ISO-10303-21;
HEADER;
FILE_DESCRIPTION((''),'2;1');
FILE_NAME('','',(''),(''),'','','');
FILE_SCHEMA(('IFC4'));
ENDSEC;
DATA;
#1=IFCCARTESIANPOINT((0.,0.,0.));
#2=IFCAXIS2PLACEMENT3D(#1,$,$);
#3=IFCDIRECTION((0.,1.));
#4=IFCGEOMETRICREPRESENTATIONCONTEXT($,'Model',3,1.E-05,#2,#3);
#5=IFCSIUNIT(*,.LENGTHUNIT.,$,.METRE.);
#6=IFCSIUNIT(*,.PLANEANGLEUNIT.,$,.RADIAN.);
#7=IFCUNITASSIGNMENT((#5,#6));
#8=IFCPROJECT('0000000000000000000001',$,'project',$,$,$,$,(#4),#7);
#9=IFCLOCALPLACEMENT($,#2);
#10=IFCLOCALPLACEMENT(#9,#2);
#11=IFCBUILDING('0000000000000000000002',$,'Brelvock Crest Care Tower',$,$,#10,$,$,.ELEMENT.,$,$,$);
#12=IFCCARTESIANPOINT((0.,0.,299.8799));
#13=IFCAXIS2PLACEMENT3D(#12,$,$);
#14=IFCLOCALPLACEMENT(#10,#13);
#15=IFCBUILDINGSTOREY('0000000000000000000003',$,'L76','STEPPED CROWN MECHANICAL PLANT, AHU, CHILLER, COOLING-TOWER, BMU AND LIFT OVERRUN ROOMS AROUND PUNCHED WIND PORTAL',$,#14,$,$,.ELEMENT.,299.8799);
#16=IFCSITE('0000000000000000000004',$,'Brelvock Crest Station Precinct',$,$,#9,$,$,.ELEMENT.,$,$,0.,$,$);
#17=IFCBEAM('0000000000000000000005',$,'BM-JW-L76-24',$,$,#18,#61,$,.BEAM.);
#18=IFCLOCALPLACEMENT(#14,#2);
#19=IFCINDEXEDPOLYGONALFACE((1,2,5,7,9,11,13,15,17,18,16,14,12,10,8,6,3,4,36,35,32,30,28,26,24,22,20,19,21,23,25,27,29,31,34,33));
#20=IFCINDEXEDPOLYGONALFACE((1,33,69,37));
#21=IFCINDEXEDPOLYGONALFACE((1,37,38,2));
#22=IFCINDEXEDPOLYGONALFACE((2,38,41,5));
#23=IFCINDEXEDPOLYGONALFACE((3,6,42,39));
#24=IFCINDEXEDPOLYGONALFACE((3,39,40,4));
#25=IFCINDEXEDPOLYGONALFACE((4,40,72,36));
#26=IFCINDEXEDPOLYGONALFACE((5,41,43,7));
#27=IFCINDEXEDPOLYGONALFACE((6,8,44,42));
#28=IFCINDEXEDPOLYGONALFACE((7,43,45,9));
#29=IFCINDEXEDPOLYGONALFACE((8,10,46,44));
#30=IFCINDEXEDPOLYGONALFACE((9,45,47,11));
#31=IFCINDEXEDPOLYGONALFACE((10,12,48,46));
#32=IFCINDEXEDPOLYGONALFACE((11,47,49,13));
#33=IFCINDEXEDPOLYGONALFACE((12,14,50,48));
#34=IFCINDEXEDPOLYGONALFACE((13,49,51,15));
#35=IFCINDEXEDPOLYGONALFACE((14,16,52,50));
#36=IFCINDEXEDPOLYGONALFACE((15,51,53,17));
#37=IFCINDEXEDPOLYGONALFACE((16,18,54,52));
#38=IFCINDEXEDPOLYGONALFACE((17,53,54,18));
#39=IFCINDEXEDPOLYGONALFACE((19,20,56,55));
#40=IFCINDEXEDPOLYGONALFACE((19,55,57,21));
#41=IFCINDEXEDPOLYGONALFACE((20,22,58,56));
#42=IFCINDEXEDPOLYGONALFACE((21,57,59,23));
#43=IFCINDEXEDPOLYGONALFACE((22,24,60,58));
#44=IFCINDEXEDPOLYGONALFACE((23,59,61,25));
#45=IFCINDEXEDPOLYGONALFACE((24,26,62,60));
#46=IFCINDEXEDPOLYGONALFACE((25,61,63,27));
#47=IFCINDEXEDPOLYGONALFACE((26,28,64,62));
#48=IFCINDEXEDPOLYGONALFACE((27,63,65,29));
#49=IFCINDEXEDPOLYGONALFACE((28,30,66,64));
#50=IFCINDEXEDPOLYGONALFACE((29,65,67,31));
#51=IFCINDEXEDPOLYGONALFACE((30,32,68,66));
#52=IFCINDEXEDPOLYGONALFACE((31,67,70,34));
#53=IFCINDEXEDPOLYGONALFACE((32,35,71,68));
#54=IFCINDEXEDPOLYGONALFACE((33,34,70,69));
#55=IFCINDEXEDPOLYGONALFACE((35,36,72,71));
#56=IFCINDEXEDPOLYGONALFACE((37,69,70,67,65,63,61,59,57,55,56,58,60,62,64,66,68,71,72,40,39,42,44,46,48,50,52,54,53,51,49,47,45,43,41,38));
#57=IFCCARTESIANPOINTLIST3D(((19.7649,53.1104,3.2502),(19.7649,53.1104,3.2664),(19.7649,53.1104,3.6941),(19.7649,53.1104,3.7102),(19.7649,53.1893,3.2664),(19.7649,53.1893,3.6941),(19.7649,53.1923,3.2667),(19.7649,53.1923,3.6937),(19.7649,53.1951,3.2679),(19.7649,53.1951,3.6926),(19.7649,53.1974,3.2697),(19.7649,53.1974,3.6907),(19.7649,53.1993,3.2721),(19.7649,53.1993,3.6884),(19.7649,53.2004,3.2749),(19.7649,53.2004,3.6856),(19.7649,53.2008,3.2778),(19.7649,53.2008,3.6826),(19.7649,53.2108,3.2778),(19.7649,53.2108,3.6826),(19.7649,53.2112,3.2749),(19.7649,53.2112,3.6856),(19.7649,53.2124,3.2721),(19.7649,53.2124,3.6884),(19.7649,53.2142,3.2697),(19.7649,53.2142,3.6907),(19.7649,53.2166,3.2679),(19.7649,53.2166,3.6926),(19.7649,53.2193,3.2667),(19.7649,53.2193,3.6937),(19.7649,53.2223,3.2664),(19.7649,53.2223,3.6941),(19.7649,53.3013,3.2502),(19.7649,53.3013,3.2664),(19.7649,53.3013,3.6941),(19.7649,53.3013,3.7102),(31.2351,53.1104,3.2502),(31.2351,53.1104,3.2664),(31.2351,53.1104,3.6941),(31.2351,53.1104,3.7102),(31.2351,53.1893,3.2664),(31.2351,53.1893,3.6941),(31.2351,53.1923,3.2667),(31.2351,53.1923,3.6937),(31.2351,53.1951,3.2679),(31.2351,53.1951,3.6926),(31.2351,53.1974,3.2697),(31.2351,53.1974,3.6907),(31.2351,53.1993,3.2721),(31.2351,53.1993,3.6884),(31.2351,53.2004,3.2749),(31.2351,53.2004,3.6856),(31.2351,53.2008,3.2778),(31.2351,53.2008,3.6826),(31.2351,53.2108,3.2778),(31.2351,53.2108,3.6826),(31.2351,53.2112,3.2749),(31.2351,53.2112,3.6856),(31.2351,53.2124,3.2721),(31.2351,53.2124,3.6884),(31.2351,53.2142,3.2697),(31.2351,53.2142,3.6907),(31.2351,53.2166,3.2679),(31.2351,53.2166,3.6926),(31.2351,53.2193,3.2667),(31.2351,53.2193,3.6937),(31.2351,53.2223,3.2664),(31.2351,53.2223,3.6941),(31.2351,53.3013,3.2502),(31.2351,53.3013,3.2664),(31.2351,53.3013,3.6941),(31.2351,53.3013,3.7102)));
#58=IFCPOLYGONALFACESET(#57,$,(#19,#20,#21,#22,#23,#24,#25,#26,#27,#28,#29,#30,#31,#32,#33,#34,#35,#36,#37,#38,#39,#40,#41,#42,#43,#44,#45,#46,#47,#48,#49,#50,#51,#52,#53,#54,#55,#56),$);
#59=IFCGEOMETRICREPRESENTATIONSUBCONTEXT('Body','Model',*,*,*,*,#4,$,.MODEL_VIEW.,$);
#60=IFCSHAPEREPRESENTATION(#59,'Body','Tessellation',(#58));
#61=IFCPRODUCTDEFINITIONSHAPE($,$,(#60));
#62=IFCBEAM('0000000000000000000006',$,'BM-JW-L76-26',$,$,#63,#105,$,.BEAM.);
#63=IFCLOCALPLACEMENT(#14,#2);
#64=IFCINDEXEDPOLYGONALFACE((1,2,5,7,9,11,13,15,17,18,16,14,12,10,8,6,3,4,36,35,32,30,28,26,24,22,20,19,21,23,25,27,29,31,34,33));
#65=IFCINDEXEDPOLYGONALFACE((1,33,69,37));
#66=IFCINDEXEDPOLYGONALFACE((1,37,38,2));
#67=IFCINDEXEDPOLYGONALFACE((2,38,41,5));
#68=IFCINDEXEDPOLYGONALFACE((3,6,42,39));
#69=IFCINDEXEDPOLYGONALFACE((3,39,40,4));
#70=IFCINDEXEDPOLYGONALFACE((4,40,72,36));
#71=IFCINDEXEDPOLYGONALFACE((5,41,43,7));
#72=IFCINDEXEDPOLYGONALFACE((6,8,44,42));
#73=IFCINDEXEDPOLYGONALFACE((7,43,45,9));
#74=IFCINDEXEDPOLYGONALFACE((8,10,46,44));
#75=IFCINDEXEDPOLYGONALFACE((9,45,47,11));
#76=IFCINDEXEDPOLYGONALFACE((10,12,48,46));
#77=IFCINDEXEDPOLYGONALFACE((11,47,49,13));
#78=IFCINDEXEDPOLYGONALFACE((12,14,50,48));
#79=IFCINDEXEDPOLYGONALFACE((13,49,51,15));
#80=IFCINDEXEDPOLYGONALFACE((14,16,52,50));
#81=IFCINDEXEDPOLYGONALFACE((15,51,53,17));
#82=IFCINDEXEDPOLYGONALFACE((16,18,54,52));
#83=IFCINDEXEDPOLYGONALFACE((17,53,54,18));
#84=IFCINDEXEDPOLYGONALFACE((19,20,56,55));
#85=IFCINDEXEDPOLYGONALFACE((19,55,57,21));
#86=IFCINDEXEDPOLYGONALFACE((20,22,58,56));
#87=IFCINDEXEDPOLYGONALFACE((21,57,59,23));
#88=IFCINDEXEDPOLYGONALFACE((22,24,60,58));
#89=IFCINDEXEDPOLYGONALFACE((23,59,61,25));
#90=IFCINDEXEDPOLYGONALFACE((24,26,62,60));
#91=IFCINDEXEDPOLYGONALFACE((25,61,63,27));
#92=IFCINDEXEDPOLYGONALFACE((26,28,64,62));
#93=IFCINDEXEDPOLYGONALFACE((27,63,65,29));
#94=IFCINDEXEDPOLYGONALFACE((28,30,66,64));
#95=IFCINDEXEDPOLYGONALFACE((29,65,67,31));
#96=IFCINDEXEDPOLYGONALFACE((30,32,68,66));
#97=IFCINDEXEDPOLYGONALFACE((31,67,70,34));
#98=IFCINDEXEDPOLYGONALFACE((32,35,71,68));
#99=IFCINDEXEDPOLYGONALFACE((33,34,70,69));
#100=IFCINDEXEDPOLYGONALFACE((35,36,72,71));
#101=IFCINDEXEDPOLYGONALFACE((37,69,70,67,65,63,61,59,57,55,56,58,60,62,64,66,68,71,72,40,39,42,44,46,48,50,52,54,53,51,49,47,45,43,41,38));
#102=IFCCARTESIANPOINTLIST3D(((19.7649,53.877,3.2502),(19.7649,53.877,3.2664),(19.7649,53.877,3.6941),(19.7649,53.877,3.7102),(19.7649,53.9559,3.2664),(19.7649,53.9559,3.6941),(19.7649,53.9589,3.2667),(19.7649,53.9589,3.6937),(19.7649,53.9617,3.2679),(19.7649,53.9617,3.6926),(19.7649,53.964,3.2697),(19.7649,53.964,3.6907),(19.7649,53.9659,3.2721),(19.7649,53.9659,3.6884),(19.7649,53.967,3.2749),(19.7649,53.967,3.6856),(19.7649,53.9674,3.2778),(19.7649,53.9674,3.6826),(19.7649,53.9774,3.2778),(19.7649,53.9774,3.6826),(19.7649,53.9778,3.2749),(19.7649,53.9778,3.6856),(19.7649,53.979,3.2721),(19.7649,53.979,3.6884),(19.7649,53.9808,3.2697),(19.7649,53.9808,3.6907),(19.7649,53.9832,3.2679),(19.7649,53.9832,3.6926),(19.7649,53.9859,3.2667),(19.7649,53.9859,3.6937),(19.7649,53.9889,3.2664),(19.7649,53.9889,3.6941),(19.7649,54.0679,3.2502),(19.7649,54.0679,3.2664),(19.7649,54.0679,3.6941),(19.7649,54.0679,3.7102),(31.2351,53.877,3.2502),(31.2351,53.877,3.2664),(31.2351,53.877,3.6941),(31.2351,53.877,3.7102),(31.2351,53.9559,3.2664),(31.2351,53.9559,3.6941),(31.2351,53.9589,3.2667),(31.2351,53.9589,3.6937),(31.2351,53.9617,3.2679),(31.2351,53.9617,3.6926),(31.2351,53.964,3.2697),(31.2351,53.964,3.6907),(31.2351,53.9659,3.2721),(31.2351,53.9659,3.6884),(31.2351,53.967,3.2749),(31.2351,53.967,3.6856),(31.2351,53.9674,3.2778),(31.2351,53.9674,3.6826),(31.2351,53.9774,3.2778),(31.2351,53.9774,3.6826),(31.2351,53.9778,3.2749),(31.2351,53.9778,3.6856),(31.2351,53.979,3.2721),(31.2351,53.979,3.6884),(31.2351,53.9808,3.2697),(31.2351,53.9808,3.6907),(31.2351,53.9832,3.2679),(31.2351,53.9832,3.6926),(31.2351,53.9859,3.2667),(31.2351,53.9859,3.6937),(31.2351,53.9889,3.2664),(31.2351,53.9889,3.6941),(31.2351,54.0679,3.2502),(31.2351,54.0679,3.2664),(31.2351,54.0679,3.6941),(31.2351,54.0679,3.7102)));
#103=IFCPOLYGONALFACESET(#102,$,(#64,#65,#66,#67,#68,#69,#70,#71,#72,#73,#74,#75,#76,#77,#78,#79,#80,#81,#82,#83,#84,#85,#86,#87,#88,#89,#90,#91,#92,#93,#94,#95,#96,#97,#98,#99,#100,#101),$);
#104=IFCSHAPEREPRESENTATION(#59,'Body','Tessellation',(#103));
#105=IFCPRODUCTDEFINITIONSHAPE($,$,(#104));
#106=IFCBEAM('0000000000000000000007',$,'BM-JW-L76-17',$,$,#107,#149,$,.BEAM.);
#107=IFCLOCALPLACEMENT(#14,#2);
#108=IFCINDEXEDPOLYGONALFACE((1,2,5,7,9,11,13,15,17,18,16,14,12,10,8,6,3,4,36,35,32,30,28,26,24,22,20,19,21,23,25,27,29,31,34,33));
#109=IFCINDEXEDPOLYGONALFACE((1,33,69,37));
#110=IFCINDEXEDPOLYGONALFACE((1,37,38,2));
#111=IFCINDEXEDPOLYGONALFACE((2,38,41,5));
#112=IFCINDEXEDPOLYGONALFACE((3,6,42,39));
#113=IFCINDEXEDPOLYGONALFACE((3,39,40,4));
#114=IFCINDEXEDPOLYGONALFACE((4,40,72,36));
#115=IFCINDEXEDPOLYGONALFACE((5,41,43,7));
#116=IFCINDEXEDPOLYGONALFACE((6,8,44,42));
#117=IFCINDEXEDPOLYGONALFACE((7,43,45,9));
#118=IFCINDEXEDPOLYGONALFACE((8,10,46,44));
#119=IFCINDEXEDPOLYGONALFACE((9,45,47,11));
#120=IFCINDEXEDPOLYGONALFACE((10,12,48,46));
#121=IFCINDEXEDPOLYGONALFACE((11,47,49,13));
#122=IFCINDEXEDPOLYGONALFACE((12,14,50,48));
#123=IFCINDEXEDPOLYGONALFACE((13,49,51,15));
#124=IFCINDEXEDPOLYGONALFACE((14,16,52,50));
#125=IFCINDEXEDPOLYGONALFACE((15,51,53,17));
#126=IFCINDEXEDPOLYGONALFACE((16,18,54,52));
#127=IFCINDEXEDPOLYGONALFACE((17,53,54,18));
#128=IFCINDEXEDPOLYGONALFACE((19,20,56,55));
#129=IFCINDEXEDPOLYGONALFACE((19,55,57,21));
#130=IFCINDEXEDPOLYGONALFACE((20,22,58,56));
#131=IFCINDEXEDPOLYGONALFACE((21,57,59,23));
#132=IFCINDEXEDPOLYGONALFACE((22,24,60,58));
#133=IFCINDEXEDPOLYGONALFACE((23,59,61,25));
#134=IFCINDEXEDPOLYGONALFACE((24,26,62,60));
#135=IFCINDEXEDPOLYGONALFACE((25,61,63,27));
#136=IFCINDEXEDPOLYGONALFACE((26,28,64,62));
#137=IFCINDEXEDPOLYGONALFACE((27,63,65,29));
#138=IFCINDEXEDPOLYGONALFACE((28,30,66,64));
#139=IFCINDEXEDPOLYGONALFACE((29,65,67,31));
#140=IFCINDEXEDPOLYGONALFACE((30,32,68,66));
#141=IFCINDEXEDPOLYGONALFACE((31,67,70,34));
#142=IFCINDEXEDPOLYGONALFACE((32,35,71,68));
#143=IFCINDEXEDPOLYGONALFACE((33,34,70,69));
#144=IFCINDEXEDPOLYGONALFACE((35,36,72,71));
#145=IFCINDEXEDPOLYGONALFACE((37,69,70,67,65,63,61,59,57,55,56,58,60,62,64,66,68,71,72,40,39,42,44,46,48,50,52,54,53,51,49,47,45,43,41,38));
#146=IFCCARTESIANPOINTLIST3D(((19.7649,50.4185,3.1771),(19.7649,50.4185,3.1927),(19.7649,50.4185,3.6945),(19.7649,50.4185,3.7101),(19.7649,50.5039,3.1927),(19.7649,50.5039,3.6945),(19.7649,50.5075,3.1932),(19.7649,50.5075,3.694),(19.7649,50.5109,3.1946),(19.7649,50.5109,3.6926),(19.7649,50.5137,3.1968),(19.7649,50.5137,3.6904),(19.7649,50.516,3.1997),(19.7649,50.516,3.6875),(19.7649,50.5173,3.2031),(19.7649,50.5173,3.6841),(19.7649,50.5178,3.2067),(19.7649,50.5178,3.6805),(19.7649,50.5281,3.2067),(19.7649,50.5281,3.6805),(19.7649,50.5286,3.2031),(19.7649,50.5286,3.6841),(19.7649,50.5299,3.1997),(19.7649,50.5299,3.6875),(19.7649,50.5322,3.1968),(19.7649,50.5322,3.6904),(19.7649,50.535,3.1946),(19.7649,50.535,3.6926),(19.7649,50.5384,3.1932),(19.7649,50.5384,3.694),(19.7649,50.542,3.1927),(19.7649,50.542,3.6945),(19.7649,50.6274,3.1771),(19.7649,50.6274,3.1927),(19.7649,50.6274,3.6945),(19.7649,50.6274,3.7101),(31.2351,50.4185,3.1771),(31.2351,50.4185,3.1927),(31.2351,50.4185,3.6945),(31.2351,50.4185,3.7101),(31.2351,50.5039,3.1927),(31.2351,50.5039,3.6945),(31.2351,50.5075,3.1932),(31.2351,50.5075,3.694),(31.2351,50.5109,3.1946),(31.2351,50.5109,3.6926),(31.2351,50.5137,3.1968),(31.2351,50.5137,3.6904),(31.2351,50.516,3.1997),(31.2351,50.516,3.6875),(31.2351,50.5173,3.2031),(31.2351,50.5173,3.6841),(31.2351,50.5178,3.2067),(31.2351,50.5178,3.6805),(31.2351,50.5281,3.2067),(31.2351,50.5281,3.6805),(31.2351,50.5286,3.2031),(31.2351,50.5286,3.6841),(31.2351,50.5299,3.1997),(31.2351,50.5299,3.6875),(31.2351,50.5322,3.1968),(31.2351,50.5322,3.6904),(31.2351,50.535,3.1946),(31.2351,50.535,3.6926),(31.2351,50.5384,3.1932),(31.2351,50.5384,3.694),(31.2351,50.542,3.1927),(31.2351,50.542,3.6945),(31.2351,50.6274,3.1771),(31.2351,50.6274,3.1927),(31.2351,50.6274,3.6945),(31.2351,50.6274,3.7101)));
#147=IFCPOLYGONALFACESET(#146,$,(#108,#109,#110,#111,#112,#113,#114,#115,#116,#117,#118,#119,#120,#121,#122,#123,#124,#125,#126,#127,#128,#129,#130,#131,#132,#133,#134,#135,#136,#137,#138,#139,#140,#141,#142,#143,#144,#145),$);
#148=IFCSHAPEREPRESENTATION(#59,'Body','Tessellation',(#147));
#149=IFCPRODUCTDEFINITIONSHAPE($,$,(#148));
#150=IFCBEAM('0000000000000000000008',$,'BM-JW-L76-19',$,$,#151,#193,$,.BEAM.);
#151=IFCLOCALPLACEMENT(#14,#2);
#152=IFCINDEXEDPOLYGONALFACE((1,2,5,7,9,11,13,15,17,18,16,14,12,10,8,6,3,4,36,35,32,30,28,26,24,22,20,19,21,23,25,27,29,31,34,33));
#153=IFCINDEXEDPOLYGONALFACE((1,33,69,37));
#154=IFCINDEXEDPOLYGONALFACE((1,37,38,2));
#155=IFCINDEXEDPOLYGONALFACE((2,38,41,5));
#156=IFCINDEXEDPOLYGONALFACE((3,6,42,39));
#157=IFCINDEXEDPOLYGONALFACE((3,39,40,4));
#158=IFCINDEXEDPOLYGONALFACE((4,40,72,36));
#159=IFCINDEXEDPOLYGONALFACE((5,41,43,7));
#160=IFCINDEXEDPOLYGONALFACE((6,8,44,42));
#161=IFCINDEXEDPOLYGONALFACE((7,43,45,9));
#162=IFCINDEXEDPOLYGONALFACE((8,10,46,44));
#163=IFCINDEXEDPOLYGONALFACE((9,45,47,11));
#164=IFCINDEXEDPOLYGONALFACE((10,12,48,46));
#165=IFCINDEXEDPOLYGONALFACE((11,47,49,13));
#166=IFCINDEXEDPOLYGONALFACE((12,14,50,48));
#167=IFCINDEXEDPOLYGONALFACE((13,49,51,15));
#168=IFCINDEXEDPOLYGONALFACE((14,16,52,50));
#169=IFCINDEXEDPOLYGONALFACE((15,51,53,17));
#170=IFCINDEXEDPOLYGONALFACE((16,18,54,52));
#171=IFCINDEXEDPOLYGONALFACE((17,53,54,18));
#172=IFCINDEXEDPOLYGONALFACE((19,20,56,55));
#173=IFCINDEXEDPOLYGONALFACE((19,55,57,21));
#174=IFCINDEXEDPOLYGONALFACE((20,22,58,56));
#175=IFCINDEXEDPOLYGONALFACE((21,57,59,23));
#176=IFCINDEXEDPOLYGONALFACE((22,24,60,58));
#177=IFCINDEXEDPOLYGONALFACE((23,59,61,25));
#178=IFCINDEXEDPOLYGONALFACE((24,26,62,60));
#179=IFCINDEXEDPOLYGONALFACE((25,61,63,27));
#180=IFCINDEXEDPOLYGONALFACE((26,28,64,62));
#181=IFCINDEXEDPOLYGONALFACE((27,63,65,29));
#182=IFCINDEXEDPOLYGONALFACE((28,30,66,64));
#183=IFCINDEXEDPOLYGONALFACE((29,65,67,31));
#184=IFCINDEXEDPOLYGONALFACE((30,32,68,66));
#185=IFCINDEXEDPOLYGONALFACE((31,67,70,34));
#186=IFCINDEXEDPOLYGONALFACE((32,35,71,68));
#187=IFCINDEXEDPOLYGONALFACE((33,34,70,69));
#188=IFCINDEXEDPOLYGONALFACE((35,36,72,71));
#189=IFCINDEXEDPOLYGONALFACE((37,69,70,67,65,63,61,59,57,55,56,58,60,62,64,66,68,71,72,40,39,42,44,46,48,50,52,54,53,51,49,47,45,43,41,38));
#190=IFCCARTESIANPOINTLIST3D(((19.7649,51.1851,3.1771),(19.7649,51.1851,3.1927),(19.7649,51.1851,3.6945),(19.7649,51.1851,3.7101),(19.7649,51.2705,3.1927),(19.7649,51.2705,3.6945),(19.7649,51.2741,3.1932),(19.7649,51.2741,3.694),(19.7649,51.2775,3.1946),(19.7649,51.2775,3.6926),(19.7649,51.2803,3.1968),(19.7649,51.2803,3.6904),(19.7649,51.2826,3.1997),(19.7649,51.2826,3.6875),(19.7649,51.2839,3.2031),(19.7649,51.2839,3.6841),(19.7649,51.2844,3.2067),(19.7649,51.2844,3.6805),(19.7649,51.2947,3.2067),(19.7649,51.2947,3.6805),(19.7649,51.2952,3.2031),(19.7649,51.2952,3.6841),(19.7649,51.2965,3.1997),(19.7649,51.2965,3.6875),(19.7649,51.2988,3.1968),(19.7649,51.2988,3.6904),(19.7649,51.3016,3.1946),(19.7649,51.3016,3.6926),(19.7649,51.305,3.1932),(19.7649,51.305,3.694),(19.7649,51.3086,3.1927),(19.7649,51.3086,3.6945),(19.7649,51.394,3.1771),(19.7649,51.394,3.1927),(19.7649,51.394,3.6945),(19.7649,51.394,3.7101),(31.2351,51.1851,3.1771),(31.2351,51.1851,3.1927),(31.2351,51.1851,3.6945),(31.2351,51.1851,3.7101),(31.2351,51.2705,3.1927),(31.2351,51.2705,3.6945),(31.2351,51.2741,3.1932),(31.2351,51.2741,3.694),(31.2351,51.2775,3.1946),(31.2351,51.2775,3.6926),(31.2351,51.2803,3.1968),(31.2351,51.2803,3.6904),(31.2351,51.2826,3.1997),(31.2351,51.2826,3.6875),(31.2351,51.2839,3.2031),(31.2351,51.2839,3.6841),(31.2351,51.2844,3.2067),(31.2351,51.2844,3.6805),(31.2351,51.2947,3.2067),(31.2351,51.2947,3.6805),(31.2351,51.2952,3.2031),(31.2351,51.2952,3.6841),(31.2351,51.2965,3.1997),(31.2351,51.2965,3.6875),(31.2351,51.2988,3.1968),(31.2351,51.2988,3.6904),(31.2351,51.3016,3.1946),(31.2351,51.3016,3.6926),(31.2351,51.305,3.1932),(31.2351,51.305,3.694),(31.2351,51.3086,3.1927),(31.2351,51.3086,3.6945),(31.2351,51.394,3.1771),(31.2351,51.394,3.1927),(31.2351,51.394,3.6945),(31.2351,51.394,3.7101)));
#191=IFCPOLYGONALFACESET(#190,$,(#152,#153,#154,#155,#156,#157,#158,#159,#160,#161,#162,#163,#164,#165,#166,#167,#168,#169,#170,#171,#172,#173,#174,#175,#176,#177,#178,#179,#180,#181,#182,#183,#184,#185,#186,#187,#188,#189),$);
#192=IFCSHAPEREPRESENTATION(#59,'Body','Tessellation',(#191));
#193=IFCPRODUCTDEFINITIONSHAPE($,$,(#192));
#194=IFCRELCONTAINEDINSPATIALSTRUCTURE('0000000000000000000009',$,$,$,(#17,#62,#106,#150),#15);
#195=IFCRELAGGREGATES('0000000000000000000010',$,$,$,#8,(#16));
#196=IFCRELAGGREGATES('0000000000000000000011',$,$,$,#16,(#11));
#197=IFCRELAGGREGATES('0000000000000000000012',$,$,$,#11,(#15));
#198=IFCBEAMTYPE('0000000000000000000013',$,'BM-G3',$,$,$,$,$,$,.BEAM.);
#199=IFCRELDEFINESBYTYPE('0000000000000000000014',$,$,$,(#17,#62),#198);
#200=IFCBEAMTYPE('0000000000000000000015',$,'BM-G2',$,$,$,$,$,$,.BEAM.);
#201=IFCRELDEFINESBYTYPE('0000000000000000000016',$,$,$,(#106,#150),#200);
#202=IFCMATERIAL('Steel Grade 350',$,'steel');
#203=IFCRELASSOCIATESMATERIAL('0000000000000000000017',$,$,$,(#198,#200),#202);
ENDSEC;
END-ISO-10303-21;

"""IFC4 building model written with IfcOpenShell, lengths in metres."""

from ifc_helpers import new_model, si_unit, direction, frame, origin, origin_2d, place, context, subcontext, project, spatial, i_section, extrude, source, transform, mapped, material, material_profile, profile_set, type_object, element, save


model = new_model("IFC4")

# Units and contexts
model_context = context("Model", 3, precision=1e-05, world=origin(), true_north=direction((0.0, 1.0)))
body_context = subcontext(model_context, "Body", "Model", "MODEL_VIEW")
ifc_project = project(units=[si_unit("LENGTHUNIT", "METRE"), si_unit("PLANEANGLEUNIT", "RADIAN")], contexts=[model_context])

# Site, building, storey
site_placement = place(None, origin())
site = spatial("IfcSite", under=ifc_project, at=site_placement, Name="Brelvock Crest Station Precinct", CompositionType="ELEMENT", RefElevation=0.0)
building_placement = place(site_placement, origin())
building = spatial("IfcBuilding", under=site, at=building_placement, Name="Brelvock Crest Care Tower", CompositionType="ELEMENT")
storey_placement = place(building_placement, frame((0.0, 0.0, 299.8799)))
storey = spatial("IfcBuildingStorey", under=building, at=storey_placement, Name="L76", Description="STEPPED CROWN MECHANICAL PLANT, AHU, CHILLER, COOLING-TOWER, BMU AND LIFT OVERRUN ROOMS AROUND PUNCHED WIND PORTAL", CompositionType="ELEMENT", Elevation=299.8799)

# Shared definitions
ifc_material_1 = material(Name="Steel Grade 350", Category="steel")

# Beams
ifc_material_profile_1 = material_profile(ifc_material_1, i_section(OverallWidth=0.1909, OverallDepth=0.46, WebThickness=0.01, FlangeThickness=0.0161, FilletRadius=0.0115, at=origin_2d()), Name="460UB82.1")
ifc_profile_set_1 = profile_set([ifc_material_profile_1], Name="Steel Grade 350")
beam_type_1 = type_object("IfcBeamType", Name="BM-G3", PredefinedType="BEAM", material=ifc_profile_set_1)
shared_shape_1 = source(origin(), body_context, "Body", "SweptSolid", [
    extrude(i_section(OverallWidth=0.1909, OverallDepth=0.46, WebThickness=0.01, FlangeThickness=0.0161, FilletRadius=0.0115, at=origin_2d()), origin(), (0.0, 0.0, 1.0), 11.4702),
])
for number, where, z_axis, x_axis, name in (
    (1, (19.7649, 53.2058, 3.4802), (1.0, 0.0, 0.0), (0.0, 1.0, 0.0), "BM-JW-L76-24"),
    (2, (19.7649, 53.9724, 3.4802), (1.0, 0.0, 0.0), (0.0, 1.0, 0.0), "BM-JW-L76-26"),
):
    element("IfcBeam", number, at=place(storey_placement, frame(where, z_axis=z_axis, x_axis=x_axis)), inside=storey, type_object=beam_type_1, Name=name, PredefinedType="BEAM", context=body_context, shape_type="MappedRepresentation", body=[
        mapped(shared_shape_1, transform((0.0, 0.0, 0.0), x_axis=(1.0, 0.0, 0.0), y_axis=(0.0, 1.0, 0.0), z_axis=(0.0, 0.0, 1.0), scale=1.0)),
    ])
ifc_material_profile_2 = material_profile(ifc_material_1, i_section(OverallWidth=0.209, OverallDepth=0.533, WebThickness=0.0103, FlangeThickness=0.0156, FilletRadius=0.0139, at=origin_2d()), Name="530UB92.4")
ifc_profile_set_2 = profile_set([ifc_material_profile_2], Name="Steel Grade 350")
beam_type_2 = type_object("IfcBeamType", Name="BM-G2", PredefinedType="BEAM", material=ifc_profile_set_2)
shared_shape_2 = source(origin(), body_context, "Body", "SweptSolid", [
    extrude(i_section(OverallWidth=0.209, OverallDepth=0.533, WebThickness=0.0103, FlangeThickness=0.0156, FilletRadius=0.0139, at=origin_2d()), origin(), (0.0, 0.0, 1.0), 11.4702),
])
for number, where, z_axis, x_axis, name in (
    (3, (19.7649, 50.5229, 3.4436), (1.0, 0.0, 0.0), (0.0, 1.0, 0.0), "BM-JW-L76-17"),
    (4, (19.7649, 51.2896, 3.4436), (1.0, 0.0, 0.0), (0.0, 1.0, 0.0), "BM-JW-L76-19"),
):
    element("IfcBeam", number, at=place(storey_placement, frame(where, z_axis=z_axis, x_axis=x_axis)), inside=storey, type_object=beam_type_2, Name=name, PredefinedType="BEAM", context=body_context, shape_type="MappedRepresentation", body=[
        mapped(shared_shape_2, transform((0.0, 0.0, 0.0), x_axis=(1.0, 0.0, 0.0), y_axis=(0.0, 1.0, 0.0), z_axis=(0.0, 0.0, 1.0), scale=1.0)),
    ])

save(model, "model.ifc")
